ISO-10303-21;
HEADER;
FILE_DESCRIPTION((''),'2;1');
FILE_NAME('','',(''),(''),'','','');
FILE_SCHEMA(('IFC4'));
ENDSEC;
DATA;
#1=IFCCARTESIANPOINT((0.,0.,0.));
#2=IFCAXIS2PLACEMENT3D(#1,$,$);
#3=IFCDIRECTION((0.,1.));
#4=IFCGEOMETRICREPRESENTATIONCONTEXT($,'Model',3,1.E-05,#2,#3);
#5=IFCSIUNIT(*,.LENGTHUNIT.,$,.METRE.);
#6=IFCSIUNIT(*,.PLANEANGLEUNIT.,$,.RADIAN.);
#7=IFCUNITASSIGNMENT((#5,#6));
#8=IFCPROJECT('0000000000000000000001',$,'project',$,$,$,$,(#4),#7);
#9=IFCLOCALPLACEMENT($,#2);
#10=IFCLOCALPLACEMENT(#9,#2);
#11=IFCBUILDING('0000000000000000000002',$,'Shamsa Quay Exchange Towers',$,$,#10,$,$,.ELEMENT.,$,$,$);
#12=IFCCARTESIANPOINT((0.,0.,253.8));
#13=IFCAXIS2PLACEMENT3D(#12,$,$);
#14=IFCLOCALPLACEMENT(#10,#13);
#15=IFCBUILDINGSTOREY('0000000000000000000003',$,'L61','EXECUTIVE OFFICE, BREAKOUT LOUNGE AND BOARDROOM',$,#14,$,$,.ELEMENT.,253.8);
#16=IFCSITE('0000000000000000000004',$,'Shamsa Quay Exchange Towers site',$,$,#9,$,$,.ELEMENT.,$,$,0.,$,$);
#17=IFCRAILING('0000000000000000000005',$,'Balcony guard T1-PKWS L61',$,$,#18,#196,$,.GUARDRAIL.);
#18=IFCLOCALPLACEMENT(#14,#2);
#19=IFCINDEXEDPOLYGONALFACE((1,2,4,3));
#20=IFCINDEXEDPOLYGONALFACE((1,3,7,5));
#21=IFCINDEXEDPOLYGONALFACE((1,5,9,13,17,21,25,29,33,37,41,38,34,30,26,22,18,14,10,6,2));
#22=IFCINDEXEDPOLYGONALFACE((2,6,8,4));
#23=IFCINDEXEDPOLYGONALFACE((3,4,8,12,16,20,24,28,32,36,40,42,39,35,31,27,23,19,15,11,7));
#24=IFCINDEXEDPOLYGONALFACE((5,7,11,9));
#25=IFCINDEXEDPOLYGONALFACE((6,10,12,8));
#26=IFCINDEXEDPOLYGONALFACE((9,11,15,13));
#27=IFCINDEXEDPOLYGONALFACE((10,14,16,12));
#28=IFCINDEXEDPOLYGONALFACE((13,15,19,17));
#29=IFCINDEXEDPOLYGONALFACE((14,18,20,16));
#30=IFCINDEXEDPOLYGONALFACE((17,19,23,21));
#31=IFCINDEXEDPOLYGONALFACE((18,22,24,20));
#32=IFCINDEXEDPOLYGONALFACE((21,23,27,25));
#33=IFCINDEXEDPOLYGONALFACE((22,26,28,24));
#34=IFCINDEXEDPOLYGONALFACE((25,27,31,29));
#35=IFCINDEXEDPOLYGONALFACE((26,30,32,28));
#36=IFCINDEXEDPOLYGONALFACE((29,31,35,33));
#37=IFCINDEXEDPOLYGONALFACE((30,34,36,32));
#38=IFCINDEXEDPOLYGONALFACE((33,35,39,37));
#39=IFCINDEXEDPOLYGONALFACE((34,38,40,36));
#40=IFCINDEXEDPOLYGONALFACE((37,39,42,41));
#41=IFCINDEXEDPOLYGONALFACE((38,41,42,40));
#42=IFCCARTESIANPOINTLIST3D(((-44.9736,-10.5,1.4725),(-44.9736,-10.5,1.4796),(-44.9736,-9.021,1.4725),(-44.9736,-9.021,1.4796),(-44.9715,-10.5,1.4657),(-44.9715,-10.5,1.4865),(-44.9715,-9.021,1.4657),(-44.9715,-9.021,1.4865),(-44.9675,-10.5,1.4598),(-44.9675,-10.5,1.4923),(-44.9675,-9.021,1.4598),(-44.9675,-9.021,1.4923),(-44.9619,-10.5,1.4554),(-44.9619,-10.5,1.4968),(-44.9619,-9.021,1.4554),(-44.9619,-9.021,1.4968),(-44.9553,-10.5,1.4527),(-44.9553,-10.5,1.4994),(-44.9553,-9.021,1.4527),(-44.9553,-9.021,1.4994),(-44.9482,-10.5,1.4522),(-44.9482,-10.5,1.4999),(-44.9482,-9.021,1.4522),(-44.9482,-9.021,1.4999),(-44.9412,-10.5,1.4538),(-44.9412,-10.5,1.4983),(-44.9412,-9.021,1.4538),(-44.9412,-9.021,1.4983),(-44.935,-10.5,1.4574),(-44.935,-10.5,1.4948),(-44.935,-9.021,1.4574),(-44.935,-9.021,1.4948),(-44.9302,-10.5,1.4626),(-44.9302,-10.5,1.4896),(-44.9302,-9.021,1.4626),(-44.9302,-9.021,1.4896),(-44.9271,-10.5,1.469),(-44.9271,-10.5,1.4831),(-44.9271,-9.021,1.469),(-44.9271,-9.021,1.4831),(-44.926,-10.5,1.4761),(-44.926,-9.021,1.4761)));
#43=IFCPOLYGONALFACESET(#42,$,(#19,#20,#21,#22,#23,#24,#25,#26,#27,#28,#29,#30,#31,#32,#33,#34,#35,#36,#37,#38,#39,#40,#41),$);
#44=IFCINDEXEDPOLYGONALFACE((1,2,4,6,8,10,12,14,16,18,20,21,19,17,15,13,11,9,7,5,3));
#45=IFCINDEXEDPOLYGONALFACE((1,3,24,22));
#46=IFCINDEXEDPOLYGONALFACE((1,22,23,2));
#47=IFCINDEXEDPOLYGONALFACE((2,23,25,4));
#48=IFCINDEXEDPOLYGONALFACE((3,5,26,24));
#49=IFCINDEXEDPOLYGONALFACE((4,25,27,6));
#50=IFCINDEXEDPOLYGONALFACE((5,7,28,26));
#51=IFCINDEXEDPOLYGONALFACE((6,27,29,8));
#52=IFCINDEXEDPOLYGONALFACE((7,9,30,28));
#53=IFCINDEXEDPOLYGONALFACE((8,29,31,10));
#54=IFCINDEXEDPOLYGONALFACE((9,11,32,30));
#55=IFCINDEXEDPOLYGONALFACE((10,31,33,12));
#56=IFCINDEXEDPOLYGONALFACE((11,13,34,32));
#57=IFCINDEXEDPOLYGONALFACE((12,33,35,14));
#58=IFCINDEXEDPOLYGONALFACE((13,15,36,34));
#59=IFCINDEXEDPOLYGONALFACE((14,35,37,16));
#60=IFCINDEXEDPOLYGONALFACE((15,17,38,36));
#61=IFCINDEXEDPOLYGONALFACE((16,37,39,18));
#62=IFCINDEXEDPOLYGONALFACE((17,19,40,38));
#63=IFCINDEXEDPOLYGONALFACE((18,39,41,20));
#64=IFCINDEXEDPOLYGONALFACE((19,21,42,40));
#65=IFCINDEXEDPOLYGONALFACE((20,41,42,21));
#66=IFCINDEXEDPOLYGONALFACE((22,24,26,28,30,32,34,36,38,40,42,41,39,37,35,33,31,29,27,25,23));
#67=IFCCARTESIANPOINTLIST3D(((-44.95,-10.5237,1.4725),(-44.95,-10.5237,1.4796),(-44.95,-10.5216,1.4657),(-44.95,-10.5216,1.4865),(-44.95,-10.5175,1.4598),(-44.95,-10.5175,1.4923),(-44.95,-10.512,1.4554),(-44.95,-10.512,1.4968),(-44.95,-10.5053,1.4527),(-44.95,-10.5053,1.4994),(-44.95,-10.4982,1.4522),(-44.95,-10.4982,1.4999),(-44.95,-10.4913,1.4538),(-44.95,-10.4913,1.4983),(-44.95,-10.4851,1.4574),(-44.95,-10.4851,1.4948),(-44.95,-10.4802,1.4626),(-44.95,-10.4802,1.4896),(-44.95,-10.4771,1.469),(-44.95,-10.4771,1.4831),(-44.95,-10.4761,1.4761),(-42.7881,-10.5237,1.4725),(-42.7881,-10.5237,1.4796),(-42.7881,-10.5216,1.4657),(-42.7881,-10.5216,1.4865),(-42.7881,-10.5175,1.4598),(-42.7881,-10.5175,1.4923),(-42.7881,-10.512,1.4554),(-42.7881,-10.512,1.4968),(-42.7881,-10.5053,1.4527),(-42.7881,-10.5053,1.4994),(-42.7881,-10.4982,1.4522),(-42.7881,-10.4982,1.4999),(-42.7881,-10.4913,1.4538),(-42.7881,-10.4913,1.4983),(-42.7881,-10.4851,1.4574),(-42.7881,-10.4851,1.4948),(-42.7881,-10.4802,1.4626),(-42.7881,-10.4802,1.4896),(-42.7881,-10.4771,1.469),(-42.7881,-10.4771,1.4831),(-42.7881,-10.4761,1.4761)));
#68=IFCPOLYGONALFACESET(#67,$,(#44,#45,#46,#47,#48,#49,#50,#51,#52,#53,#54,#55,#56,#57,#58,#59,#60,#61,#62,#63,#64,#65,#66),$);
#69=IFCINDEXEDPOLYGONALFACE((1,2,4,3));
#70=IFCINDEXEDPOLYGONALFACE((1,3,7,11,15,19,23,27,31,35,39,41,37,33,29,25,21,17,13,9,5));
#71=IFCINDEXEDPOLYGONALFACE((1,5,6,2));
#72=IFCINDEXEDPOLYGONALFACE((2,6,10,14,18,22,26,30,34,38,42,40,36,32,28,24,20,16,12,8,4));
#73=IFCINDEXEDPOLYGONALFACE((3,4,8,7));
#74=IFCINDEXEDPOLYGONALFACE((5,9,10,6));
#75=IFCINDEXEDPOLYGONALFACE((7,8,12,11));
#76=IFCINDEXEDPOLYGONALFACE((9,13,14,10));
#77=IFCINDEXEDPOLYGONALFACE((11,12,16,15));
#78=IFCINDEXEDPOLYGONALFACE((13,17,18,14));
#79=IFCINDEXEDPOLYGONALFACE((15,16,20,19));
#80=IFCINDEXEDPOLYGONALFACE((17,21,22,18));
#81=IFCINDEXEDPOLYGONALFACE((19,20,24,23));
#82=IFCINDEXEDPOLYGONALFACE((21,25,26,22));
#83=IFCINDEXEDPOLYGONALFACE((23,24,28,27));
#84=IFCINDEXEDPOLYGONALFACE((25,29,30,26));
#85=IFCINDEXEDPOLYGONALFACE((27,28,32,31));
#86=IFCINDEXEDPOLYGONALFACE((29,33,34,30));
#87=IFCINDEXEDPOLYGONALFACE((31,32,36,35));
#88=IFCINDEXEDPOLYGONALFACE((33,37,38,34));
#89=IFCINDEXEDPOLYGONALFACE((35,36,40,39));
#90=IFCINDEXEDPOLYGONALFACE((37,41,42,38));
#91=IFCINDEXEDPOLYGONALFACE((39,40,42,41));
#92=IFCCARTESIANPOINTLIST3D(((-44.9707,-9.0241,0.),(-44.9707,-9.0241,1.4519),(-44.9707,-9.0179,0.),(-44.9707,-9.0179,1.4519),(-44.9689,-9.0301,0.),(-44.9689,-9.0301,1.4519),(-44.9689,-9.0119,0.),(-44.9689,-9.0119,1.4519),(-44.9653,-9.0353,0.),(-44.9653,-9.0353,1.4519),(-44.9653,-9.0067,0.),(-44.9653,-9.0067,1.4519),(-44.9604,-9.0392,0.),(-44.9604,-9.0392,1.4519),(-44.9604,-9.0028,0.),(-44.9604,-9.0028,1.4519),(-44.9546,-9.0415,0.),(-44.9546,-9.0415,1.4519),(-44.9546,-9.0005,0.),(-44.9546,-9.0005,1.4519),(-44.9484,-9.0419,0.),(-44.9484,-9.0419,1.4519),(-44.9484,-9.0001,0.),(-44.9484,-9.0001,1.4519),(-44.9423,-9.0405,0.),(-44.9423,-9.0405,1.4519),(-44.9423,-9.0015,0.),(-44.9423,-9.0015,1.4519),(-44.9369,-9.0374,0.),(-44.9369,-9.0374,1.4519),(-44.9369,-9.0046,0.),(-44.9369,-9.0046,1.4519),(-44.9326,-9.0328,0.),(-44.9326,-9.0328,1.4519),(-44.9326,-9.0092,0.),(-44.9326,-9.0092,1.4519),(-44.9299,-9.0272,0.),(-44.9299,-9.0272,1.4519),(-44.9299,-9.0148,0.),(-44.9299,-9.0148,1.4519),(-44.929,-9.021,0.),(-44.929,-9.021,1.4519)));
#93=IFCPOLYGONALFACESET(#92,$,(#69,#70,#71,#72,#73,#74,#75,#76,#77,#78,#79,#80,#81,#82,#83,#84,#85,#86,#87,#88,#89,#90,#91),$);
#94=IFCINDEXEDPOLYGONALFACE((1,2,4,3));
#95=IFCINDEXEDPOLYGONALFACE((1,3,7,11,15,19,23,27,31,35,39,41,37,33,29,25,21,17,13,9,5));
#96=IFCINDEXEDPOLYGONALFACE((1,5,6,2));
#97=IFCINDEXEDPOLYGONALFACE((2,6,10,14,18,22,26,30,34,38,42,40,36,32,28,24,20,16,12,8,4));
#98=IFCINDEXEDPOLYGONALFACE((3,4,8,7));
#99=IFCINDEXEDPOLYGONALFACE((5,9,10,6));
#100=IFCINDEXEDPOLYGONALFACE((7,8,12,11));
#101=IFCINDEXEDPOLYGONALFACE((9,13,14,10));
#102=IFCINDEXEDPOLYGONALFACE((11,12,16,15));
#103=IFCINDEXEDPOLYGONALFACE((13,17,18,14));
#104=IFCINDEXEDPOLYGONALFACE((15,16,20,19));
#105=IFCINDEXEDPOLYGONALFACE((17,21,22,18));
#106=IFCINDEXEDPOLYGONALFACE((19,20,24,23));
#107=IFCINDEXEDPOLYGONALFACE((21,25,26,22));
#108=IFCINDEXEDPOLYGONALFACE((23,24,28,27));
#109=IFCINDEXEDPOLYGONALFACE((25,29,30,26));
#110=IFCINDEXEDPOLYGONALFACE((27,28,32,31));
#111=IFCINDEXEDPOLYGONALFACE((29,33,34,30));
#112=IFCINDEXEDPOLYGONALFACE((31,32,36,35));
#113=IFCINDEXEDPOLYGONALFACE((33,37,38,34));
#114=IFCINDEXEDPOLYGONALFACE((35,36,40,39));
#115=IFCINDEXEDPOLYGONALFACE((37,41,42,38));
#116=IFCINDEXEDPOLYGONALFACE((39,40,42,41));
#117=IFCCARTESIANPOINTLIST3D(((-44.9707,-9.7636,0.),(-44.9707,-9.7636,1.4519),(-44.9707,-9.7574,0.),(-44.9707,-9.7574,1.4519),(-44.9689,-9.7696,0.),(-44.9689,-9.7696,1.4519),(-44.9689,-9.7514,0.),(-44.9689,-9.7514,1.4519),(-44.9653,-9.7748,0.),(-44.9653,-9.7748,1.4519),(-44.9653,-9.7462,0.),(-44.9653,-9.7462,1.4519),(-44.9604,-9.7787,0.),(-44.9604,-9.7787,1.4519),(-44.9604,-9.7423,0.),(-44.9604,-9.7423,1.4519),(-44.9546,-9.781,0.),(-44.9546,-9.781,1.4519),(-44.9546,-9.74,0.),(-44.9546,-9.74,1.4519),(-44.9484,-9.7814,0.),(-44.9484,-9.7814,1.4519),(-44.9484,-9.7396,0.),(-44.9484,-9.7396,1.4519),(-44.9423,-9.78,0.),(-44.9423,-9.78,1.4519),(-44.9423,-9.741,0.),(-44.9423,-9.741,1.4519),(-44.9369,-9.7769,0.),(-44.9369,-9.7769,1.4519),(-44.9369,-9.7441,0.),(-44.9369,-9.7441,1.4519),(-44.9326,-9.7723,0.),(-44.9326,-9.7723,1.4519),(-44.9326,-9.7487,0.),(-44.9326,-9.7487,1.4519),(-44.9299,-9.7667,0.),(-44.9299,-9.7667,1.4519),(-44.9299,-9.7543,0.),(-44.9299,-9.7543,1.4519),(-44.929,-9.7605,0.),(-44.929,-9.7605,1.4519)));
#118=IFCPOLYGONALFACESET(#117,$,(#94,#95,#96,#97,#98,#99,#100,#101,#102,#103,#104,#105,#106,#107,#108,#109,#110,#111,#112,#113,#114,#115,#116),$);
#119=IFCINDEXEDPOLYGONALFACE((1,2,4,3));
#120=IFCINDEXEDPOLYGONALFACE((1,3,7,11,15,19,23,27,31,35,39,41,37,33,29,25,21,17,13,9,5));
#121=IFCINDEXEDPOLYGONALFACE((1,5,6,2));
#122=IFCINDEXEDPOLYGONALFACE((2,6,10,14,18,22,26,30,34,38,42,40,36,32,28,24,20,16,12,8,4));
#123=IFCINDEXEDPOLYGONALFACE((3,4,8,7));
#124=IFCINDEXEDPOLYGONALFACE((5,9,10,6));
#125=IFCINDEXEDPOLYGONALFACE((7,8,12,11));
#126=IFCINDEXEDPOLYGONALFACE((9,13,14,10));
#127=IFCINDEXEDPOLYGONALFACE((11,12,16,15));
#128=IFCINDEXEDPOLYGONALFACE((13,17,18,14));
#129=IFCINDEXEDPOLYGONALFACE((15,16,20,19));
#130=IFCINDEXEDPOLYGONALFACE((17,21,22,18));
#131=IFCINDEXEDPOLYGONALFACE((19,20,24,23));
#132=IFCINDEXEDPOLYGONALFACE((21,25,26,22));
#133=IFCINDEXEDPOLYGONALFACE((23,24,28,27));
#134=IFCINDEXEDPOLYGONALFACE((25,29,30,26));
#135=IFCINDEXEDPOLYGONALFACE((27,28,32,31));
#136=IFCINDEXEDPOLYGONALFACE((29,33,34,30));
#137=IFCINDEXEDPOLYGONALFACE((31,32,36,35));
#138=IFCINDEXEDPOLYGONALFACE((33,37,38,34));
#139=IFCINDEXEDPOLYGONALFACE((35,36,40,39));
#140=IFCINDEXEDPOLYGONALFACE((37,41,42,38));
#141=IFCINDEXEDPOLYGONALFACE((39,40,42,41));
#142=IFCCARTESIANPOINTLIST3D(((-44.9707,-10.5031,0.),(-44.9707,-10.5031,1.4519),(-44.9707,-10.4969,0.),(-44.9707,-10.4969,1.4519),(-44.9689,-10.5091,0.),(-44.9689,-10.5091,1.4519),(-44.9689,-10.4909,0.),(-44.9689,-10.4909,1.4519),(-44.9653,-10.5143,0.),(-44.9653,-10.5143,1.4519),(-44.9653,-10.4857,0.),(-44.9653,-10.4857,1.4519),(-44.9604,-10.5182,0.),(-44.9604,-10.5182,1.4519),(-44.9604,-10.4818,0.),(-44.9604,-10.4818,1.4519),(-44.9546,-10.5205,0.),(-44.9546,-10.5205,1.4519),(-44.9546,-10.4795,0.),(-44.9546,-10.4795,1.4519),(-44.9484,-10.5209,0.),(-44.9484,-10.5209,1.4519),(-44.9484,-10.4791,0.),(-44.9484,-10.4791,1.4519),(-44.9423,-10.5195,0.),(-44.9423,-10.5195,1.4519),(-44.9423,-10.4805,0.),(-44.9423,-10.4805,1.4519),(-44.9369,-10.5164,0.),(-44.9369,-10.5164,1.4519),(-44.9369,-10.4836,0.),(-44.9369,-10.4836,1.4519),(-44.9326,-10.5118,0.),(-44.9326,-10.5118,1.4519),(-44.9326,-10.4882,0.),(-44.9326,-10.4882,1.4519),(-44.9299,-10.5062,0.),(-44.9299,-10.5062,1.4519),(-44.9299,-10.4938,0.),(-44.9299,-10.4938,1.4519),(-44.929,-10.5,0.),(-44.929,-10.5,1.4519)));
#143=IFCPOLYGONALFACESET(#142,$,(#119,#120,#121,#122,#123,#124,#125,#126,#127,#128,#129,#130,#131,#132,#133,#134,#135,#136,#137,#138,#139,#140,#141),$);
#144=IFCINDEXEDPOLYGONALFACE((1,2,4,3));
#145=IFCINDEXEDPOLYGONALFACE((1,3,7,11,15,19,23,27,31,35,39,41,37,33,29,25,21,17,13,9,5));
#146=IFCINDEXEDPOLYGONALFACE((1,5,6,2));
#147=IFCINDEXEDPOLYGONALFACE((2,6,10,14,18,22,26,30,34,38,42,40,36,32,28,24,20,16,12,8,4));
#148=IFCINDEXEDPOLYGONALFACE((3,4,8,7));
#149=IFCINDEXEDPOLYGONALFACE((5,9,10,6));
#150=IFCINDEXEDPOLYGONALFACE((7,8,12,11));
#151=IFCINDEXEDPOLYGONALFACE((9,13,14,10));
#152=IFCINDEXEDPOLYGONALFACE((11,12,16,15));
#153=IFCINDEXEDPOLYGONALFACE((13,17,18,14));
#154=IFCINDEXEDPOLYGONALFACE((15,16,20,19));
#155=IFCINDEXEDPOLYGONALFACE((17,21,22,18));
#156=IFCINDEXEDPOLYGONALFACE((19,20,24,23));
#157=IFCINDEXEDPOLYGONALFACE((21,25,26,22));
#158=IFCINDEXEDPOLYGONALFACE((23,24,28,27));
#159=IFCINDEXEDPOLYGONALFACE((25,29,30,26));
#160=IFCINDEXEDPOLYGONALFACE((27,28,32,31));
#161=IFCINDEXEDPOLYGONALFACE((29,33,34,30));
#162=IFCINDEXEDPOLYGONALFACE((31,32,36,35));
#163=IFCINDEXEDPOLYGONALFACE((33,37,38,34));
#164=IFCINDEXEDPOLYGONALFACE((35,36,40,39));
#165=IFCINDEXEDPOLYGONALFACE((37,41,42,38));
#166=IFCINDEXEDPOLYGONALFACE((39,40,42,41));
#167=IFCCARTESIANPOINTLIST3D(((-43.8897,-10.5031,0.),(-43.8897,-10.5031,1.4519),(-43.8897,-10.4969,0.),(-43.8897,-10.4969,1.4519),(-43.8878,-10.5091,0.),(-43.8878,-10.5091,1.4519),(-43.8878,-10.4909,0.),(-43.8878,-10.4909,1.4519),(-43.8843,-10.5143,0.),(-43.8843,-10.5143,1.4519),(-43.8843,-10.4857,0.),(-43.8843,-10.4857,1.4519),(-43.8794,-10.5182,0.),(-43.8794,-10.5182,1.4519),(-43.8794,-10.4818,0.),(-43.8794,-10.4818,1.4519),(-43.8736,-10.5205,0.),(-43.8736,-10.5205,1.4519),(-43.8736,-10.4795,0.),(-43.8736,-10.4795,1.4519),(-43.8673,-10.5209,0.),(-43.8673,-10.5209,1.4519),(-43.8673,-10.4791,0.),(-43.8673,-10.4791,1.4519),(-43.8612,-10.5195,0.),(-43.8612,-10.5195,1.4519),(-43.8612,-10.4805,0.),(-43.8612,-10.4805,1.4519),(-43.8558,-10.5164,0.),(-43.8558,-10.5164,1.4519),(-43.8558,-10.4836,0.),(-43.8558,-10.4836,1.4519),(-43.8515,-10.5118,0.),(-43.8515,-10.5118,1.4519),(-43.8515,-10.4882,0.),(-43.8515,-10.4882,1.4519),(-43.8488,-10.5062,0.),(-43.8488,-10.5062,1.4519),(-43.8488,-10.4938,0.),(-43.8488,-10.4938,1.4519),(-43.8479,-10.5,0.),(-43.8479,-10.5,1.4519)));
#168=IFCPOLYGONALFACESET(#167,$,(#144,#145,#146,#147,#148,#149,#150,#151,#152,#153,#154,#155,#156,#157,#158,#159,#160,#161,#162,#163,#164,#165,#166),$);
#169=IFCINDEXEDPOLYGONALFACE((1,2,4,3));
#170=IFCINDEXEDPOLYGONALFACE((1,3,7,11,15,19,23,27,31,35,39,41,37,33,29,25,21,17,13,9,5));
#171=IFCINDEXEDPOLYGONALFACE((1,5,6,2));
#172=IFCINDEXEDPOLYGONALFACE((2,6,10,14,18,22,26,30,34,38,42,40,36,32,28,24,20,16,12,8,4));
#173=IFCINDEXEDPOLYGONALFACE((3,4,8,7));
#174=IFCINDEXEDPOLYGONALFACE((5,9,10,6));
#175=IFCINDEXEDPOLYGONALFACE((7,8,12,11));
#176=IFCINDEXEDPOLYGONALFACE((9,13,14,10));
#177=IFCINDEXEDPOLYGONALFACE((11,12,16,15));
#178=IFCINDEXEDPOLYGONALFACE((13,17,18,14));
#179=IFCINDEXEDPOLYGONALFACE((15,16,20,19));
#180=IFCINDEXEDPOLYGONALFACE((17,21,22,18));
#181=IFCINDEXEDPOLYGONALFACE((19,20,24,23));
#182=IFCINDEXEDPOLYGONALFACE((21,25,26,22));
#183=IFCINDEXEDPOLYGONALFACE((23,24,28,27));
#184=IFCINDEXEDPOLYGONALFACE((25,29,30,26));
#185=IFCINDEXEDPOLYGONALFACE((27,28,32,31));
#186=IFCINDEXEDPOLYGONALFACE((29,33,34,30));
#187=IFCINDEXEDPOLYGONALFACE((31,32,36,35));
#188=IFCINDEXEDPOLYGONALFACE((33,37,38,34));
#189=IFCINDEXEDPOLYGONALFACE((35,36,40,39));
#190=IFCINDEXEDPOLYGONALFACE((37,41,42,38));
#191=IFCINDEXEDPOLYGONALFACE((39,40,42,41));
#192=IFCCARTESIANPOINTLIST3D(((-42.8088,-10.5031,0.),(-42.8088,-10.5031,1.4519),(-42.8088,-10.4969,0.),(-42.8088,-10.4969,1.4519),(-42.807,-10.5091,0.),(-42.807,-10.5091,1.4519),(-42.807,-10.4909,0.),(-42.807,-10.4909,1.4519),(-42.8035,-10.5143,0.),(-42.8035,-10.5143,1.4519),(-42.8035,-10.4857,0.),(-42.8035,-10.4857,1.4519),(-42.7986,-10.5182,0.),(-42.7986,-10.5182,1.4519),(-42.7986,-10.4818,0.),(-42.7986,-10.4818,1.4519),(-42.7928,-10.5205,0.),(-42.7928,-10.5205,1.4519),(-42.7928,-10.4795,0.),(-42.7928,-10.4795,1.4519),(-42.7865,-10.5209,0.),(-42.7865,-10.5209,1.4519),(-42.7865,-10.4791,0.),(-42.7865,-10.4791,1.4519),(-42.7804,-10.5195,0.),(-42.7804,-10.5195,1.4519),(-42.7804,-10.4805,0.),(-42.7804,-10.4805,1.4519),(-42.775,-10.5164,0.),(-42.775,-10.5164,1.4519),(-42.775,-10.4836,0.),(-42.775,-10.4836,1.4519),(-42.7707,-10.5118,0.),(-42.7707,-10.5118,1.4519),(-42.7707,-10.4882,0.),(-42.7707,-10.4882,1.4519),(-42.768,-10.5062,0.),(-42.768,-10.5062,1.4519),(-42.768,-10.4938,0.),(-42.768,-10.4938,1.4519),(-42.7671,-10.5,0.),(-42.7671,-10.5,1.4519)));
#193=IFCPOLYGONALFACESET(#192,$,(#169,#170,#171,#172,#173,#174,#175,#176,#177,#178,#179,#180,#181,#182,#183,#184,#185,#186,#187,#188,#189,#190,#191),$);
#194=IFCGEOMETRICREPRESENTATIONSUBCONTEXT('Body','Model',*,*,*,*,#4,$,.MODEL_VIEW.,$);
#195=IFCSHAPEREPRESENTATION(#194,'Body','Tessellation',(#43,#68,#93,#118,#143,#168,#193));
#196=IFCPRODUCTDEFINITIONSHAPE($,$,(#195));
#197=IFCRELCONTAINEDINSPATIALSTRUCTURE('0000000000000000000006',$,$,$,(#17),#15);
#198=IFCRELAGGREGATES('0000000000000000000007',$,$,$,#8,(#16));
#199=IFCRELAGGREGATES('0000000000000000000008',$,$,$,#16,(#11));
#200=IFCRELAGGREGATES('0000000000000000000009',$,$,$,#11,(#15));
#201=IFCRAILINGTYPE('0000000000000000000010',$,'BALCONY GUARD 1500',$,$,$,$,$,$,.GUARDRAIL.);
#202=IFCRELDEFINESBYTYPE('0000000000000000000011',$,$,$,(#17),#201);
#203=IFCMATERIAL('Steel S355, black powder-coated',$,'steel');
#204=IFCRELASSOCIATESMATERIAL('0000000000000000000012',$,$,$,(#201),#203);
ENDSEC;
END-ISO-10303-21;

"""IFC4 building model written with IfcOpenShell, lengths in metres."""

from ifc_helpers import new_model, si_unit, direction, frame, origin, origin_2d, place, context, subcontext, project, spatial, circle, extrude, material, type_object, element, save


model = new_model("IFC4")

# Units and contexts
model_context = context("Model", 3, precision=1e-05, world=origin(), true_north=direction((0.0, 1.0)))
body_context = subcontext(model_context, "Body", "Model", "MODEL_VIEW")
ifc_project = project(units=[si_unit("LENGTHUNIT", "METRE"), si_unit("PLANEANGLEUNIT", "RADIAN")], contexts=[model_context])

# Site, building, storey
site_placement = place(None, origin())
site = spatial("IfcSite", under=ifc_project, at=site_placement, Name="Shamsa Quay Exchange Towers site", CompositionType="ELEMENT", RefElevation=0.0)
building_placement = place(site_placement, origin())
building = spatial("IfcBuilding", under=site, at=building_placement, Name="Shamsa Quay Exchange Towers", CompositionType="ELEMENT")
storey_placement = place(building_placement, frame((0.0, 0.0, 253.8)))
storey = spatial("IfcBuildingStorey", under=building, at=storey_placement, Name="L61", Description="EXECUTIVE OFFICE, BREAKOUT LOUNGE AND BOARDROOM", CompositionType="ELEMENT", Elevation=253.8)

# Railing
ifc_material_1 = material(Name="Steel S355, black powder-coated", Category="steel")
railing_type_1 = type_object("IfcRailingType", Name="BALCONY GUARD 1500", PredefinedType="GUARDRAIL", material=ifc_material_1)
for number, where, name in (
    (1, (-44.95, -9.021, 0.0), "Balcony guard T1-PKWS L61"),
):
    element("IfcRailing", number, at=place(storey_placement, frame(where)), inside=storey, type_object=railing_type_1, Name=name, PredefinedType="GUARDRAIL", context=body_context, shape_type="SweptSolid", body=[
        extrude(circle(Radius=0.0239, at=origin_2d()), frame((0.0, 0.0, 1.4761), z_axis=(0.0, -1.0, 0.0), x_axis=(1.0, 0.0, 0.0)), (0.0, 0.0, 1.0), 1.479),
        extrude(circle(Radius=0.0239, at=origin_2d()), frame((0.0, -1.479, 1.4761), z_axis=(1.0, 0.0, 0.0), x_axis=(0.0, 1.0, 0.0)), (0.0, 0.0, 1.0), 2.1619),
        extrude(circle(Radius=0.021, at=origin_2d()), origin(), (0.0, 0.0, 1.0), 1.4519),
        extrude(circle(Radius=0.021, at=origin_2d()), frame((0.0, -0.7395, 0.0)), (0.0, 0.0, 1.0), 1.4519),
        extrude(circle(Radius=0.021, at=origin_2d()), frame((0.0, -1.479, 0.0)), (0.0, 0.0, 1.0), 1.4519),
        extrude(circle(Radius=0.021, at=origin_2d()), frame((1.0811, -1.479, 0.0)), (0.0, 0.0, 1.0), 1.4519),
        extrude(circle(Radius=0.021, at=origin_2d()), frame((2.1619, -1.479, 0.0)), (0.0, 0.0, 1.0), 1.4519),
    ])

save(model, "model.ifc")
